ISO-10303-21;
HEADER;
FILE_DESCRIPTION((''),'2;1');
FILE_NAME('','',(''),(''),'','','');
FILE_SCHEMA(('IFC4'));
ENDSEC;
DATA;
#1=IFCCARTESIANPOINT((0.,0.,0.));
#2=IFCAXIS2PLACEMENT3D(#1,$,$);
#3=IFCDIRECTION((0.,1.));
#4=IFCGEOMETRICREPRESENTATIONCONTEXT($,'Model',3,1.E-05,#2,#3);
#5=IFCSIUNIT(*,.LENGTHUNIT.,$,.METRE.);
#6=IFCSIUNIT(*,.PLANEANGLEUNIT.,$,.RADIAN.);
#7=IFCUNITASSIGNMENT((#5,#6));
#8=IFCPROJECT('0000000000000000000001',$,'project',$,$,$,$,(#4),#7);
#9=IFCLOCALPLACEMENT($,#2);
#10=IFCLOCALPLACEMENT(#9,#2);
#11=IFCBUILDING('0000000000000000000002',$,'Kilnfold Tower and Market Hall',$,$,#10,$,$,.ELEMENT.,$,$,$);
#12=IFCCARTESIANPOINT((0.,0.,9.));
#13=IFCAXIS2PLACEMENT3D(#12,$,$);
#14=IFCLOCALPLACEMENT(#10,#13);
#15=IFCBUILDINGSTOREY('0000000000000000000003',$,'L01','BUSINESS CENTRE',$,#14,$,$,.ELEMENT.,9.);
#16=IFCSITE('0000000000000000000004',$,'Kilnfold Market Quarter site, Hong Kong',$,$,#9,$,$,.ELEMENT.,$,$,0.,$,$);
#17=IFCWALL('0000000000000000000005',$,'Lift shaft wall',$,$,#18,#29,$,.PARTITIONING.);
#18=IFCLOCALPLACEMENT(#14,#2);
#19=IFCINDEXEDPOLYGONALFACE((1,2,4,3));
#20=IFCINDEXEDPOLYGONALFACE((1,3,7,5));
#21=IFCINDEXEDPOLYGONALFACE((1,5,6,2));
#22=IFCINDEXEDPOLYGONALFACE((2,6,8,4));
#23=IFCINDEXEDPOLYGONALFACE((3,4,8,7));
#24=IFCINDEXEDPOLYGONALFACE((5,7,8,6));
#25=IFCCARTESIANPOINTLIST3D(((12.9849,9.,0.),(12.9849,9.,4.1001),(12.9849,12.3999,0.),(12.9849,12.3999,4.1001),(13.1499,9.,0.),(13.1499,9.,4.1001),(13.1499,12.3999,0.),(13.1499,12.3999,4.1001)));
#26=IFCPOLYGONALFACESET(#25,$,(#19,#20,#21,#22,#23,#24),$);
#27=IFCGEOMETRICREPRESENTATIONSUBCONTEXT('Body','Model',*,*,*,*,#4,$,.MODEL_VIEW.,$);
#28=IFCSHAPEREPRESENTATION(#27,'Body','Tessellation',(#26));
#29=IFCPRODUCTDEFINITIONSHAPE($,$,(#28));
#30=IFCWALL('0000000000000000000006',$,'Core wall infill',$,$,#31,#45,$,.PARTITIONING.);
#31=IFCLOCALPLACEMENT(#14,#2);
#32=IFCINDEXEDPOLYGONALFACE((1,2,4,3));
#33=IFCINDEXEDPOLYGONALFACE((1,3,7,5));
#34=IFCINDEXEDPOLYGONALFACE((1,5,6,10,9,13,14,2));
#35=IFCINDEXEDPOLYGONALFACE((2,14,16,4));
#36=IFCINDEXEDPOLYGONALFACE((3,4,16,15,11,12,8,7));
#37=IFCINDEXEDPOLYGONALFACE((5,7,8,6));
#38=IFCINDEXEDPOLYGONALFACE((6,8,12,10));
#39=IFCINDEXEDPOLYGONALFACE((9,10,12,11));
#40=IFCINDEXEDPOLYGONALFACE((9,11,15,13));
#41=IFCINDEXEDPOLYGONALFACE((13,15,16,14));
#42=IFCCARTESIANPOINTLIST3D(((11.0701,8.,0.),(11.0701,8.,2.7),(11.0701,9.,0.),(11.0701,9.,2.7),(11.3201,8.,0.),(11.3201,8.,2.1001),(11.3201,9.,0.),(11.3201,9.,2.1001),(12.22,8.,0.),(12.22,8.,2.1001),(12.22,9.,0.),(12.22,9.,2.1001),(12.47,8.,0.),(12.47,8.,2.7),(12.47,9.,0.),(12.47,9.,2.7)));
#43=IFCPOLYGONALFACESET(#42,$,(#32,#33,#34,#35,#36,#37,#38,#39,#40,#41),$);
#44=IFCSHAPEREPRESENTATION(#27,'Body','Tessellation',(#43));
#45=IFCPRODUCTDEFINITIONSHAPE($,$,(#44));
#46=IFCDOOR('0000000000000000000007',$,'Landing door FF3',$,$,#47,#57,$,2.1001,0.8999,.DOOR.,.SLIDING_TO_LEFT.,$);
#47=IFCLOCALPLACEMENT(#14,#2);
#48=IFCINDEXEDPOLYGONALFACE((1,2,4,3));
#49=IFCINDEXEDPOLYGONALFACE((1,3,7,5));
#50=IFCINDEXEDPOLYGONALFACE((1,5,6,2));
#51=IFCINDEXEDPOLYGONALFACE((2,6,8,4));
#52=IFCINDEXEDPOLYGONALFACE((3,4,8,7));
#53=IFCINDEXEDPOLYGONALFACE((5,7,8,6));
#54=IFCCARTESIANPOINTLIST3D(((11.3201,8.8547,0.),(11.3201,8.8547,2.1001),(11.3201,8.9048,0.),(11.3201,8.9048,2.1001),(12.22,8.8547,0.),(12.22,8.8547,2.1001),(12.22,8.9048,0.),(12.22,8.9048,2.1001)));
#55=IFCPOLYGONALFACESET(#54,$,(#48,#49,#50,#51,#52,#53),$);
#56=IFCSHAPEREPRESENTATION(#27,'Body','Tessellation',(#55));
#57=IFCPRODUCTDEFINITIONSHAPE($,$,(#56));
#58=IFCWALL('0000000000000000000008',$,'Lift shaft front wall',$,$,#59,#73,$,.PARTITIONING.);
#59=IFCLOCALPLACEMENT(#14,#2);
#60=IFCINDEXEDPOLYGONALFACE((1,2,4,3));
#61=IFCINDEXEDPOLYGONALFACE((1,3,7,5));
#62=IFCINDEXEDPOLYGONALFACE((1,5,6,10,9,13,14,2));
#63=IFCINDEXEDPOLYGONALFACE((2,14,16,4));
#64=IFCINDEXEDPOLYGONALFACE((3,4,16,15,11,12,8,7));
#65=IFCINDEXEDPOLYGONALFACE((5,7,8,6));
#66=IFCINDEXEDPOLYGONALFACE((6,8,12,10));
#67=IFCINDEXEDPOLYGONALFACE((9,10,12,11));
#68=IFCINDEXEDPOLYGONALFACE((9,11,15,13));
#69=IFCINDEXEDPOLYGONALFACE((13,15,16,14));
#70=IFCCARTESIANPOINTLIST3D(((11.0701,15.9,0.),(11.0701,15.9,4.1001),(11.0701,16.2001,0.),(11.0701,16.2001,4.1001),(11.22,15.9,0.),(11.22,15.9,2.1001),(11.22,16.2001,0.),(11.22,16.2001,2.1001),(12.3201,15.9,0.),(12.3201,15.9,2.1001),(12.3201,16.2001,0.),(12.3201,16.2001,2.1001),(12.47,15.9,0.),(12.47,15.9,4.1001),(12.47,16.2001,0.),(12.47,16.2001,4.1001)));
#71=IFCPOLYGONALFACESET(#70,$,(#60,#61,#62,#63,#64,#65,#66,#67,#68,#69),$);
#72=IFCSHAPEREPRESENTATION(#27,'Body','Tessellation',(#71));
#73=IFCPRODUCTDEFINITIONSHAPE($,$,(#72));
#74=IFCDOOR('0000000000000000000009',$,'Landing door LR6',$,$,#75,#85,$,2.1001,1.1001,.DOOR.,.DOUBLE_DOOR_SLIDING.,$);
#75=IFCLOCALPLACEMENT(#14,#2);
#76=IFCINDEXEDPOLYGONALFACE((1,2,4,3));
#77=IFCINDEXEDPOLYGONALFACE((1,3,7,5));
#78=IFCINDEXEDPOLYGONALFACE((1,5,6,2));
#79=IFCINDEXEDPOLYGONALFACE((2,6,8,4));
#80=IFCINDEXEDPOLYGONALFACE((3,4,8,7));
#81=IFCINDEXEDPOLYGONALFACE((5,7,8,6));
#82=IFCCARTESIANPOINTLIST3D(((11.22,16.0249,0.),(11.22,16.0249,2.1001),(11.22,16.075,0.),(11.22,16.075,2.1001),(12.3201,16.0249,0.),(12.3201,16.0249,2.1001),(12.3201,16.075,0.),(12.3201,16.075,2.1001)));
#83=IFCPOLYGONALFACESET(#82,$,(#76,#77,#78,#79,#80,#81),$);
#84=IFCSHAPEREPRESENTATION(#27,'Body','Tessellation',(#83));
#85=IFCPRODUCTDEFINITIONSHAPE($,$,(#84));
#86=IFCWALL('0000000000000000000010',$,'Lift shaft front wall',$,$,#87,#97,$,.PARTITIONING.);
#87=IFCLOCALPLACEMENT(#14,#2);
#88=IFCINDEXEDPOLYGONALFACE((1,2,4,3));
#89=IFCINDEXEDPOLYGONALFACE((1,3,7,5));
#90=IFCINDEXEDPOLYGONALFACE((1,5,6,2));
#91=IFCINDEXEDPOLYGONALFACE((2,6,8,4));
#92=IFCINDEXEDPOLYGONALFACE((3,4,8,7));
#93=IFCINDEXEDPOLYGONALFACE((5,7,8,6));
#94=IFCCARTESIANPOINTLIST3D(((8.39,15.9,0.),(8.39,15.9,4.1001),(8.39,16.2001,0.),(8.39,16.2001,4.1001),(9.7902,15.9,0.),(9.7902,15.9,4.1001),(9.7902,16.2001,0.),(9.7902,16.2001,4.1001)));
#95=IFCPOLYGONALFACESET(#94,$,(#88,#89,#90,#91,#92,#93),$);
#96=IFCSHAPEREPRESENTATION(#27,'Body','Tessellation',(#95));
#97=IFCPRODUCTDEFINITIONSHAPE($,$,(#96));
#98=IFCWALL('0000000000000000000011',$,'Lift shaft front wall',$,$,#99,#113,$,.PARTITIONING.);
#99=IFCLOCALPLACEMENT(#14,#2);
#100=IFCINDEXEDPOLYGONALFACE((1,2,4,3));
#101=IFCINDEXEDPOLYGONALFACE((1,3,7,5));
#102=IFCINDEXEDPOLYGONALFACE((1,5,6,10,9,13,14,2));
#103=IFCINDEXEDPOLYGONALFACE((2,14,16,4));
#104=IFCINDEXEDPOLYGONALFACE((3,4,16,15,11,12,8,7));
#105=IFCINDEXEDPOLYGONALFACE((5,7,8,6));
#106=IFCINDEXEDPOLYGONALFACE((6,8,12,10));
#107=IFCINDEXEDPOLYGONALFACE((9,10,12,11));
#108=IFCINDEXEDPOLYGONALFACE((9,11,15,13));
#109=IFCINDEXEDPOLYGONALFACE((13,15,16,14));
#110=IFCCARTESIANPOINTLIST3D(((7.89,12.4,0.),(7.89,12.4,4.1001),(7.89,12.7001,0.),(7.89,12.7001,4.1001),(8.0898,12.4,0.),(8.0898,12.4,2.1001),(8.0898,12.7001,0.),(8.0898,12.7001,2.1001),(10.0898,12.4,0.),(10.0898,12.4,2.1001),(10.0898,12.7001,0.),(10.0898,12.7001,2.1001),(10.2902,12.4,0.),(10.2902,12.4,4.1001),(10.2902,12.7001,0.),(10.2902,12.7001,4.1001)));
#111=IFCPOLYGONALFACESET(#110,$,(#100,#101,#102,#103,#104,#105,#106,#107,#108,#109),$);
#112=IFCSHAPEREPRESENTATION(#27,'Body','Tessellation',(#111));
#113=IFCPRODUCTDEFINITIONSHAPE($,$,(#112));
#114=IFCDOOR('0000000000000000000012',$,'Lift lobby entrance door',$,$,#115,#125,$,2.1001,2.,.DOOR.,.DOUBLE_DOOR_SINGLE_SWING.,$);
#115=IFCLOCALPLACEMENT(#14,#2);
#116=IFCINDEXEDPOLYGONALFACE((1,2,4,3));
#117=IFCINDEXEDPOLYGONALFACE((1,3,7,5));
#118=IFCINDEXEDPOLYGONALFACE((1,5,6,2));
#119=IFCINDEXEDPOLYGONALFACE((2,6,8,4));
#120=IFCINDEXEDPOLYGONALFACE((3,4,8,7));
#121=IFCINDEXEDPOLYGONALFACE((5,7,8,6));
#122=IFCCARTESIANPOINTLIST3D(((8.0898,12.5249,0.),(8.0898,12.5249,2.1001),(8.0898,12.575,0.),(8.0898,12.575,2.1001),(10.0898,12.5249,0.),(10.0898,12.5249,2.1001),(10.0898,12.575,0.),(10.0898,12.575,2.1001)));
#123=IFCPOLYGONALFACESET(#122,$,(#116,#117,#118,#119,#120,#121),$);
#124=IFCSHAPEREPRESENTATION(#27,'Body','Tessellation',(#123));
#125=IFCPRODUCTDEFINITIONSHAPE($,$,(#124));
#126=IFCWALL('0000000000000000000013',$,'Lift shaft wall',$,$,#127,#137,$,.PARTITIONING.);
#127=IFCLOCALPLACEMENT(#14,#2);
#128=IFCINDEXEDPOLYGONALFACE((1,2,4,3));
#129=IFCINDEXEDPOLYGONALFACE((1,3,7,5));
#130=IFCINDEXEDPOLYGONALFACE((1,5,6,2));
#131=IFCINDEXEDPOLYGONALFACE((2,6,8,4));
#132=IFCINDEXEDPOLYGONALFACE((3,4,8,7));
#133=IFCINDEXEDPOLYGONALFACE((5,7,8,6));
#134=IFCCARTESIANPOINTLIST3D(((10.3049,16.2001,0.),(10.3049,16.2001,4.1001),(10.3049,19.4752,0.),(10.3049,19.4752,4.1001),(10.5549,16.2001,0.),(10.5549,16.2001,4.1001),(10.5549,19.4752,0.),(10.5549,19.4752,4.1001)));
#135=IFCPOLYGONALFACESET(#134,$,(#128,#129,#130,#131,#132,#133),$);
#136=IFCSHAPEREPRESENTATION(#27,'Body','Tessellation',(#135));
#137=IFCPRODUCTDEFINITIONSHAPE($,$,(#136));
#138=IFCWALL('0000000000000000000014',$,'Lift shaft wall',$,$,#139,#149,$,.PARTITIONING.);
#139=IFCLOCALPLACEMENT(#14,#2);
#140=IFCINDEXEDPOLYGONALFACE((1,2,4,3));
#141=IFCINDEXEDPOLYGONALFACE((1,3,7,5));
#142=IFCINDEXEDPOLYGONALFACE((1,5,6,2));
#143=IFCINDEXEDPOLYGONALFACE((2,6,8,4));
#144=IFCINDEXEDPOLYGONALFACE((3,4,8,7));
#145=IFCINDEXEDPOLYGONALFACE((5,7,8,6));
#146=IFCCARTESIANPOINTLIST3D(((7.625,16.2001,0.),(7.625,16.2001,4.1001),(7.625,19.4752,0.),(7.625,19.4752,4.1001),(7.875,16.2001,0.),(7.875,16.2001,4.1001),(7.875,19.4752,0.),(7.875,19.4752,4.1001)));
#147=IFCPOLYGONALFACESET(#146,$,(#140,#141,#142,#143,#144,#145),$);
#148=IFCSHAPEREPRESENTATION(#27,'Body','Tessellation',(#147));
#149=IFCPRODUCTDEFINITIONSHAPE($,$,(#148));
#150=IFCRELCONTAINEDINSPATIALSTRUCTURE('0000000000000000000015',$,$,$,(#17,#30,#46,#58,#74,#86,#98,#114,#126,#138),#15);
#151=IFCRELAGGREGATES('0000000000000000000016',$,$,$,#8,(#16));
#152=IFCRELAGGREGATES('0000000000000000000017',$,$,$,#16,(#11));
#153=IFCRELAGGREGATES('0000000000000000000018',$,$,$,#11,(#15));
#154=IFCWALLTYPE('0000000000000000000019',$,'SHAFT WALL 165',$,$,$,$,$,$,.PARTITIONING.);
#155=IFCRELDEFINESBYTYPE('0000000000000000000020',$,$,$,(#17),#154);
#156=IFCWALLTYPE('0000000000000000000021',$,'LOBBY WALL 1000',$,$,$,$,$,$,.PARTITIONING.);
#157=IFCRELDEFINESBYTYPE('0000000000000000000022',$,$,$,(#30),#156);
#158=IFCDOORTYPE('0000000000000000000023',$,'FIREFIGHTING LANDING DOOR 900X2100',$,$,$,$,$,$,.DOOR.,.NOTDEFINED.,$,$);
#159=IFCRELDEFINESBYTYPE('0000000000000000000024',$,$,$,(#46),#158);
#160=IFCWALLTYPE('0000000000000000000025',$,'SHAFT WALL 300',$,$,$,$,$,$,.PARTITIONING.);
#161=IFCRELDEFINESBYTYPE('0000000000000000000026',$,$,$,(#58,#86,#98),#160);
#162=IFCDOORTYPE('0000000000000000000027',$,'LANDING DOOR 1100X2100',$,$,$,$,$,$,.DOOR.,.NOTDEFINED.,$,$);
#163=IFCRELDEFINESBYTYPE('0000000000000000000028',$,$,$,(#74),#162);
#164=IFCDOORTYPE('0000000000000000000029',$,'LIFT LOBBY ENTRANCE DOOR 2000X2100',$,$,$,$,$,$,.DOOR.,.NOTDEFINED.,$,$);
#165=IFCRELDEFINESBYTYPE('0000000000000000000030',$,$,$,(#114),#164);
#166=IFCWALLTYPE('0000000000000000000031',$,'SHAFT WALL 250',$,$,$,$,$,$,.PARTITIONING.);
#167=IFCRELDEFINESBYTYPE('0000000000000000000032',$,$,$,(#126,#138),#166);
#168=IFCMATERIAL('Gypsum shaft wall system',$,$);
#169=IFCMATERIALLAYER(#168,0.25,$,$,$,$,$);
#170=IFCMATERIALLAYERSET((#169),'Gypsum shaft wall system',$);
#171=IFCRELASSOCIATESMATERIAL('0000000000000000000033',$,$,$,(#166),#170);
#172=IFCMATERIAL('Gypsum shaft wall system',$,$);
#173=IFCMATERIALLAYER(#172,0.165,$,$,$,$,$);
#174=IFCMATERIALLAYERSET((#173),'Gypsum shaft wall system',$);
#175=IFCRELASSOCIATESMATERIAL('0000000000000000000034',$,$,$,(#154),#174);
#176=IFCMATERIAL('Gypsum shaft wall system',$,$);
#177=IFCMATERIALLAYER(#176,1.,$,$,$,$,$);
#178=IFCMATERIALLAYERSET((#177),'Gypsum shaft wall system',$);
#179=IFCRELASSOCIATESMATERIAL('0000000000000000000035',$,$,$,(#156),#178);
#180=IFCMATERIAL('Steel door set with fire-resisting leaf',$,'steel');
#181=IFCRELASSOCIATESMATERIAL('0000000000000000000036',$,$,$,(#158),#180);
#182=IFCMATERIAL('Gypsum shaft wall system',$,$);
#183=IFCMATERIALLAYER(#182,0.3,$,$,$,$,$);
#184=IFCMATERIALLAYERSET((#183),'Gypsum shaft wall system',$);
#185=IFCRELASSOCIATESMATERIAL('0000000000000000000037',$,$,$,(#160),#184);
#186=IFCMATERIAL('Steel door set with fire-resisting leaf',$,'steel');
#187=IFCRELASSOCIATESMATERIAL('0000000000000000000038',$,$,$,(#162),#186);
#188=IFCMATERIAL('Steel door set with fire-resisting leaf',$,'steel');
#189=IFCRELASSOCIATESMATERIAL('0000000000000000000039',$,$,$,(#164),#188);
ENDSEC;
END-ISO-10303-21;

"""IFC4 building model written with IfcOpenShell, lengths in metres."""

from ifc_helpers import new_model, si_unit, direction, frame, frame_2d, origin, place, context, subcontext, project, spatial, rectangle, extrude, source, transform, mapped, material, layer, layer_set, type_object, element, fill, save


model = new_model("IFC4")

# Units and contexts
model_context = context("Model", 3, precision=1e-05, world=origin(), true_north=direction((0.0, 1.0)))
body_context = subcontext(model_context, "Body", "Model", "MODEL_VIEW")
ifc_project = project(units=[si_unit("LENGTHUNIT", "METRE"), si_unit("PLANEANGLEUNIT", "RADIAN")], contexts=[model_context])

# Site, building, storey
site_placement = place(None, origin())
site = spatial("IfcSite", under=ifc_project, at=site_placement, Name="Kilnfold Market Quarter site, Hong Kong", CompositionType="ELEMENT", RefElevation=0.0)
building_placement = place(site_placement, origin())
building = spatial("IfcBuilding", under=site, at=building_placement, Name="Kilnfold Tower and Market Hall", CompositionType="ELEMENT")
storey_placement = place(building_placement, frame((0.0, 0.0, 9.0)))
storey = spatial("IfcBuildingStorey", under=building, at=storey_placement, Name="L01", Description="BUSINESS CENTRE", CompositionType="ELEMENT", Elevation=9.0)

# Wall
ifc_material_1 = material(Name="Gypsum shaft wall system")
ifc_layer_1 = layer(ifc_material_1, 0.25)
ifc_layer_set_1 = layer_set([ifc_layer_1], Name="Gypsum shaft wall system")
wall_type_1 = type_object("IfcWallType", Name="SHAFT WALL 250", PredefinedType="PARTITIONING", material=ifc_layer_set_1)
ifc_material_2 = material(Name="Gypsum shaft wall system")
ifc_layer_2 = layer(ifc_material_2, 0.165)
ifc_layer_set_2 = layer_set([ifc_layer_2], Name="Gypsum shaft wall system")
wall_type_2 = type_object("IfcWallType", Name="SHAFT WALL 165", PredefinedType="PARTITIONING", material=ifc_layer_set_2)
shared_shape_1 = source(origin(), body_context, "Body", "SweptSolid", [
    extrude(rectangle(XDim=3.3999, YDim=0.165, at=frame_2d((1.7, 0.0))), origin(), (0.0, 0.0, 1.0), 4.1001),
])
wall_1_placement = place(storey_placement, frame((13.0674, 9.0, 0.0), z_axis=(0.0, 0.0, 1.0), x_axis=(0.0, 1.0, 0.0)))
element("IfcWall", 1, at=wall_1_placement, inside=storey, type_object=wall_type_2, Name="Lift shaft wall", PredefinedType="PARTITIONING", context=body_context, shape_type="MappedRepresentation", body=[
    mapped(shared_shape_1, transform((0.0, 0.0, 0.0))),
])

# Walls, openings, doors
ifc_material_3 = material(Name="Gypsum shaft wall system")
ifc_layer_3 = layer(ifc_material_3, 1.0)
ifc_layer_set_3 = layer_set([ifc_layer_3], Name="Gypsum shaft wall system")
wall_type_3 = type_object("IfcWallType", Name="LOBBY WALL 1000", PredefinedType="PARTITIONING", material=ifc_layer_set_3)
shared_shape_2 = source(origin(), body_context, "Body", "SweptSolid", [
    extrude(rectangle(XDim=1.3999, YDim=1.0, at=frame_2d((0.7, 0.0))), origin(), (0.0, 0.0, 1.0), 2.7),
])
wall_2_placement = place(storey_placement, frame((11.0701, 8.5, 0.0), z_axis=(0.0, 0.0, 1.0), x_axis=(1.0, 0.0, 0.0)))
wall_2 = element("IfcWall", 2, at=wall_2_placement, inside=storey, type_object=wall_type_3, Name="Core wall infill", PredefinedType="PARTITIONING", context=body_context, shape_type="MappedRepresentation", body=[
    mapped(shared_shape_2, transform((0.0, 0.0, 0.0))),
])
opening_1_placement = place(wall_2_placement, frame((0.25, 0.0, 0.0)))
opening_1 = element("IfcOpeningElement", 3, at=opening_1_placement, cuts=wall_2, PredefinedType="OPENING", context=body_context, shape_type="SweptSolid", body=[
    extrude(rectangle(XDim=0.8999, YDim=2.1001, at=frame_2d((0.45, 1.05))), frame((0.0, 0.51, 0.0), z_axis=(0.0, -1.0, 0.0), x_axis=(1.0, 0.0, 0.0)), (0.0, 0.0, 1.0), 1.02),
])
ifc_material_4 = material(Name="Steel door set with fire-resisting leaf", Category="steel")
door_type_1 = type_object("IfcDoorType", Name="FIREFIGHTING LANDING DOOR 900X2100", OperationType="NOTDEFINED", PredefinedType="DOOR", material=ifc_material_4)
door_1_placement = place(opening_1_placement, origin())
door_1 = element("IfcDoor", 4, at=door_1_placement, inside=storey, type_object=door_type_1, Name="Landing door FF3", OperationType="SLIDING_TO_LEFT", OverallHeight=2.1001, OverallWidth=0.8999, PredefinedType="DOOR", context=body_context, shape_type="SweptSolid", body=[
    extrude(rectangle(XDim=0.8999, YDim=2.1001, at=frame_2d((0.45, 1.05))), frame((0.0, 0.4048, 0.0), z_axis=(0.0, -1.0, 0.0), x_axis=(1.0, 0.0, 0.0)), (0.0, 0.0, 1.0), 0.05),
])
fill(opening_1, door_1)
ifc_material_5 = material(Name="Gypsum shaft wall system")
ifc_layer_4 = layer(ifc_material_5, 0.3)
ifc_layer_set_4 = layer_set([ifc_layer_4], Name="Gypsum shaft wall system")
wall_type_4 = type_object("IfcWallType", Name="SHAFT WALL 300", PredefinedType="PARTITIONING", material=ifc_layer_set_4)
shared_shape_3 = source(origin(), body_context, "Body", "SweptSolid", [
    extrude(rectangle(XDim=1.3999, YDim=0.3, at=frame_2d((0.7, 0.0))), origin(), (0.0, 0.0, 1.0), 4.1001),
])
wall_3_placement = place(storey_placement, frame((11.0701, 16.05, 0.0), z_axis=(0.0, 0.0, 1.0), x_axis=(1.0, 0.0, 0.0)))
wall_3 = element("IfcWall", 5, at=wall_3_placement, inside=storey, type_object=wall_type_4, Name="Lift shaft front wall", PredefinedType="PARTITIONING", context=body_context, shape_type="MappedRepresentation", body=[
    mapped(shared_shape_3, transform((0.0, 0.0, 0.0))),
])
opening_2_placement = place(wall_3_placement, frame((0.1499, 0.0, 0.0)))
opening_2 = element("IfcOpeningElement", 6, at=opening_2_placement, cuts=wall_3, PredefinedType="OPENING", context=body_context, shape_type="SweptSolid", body=[
    extrude(rectangle(XDim=1.1001, YDim=2.1001, at=frame_2d((0.55, 1.05))), frame((0.0, 0.1602, 0.0), z_axis=(0.0, -1.0, 0.0), x_axis=(1.0, 0.0, 0.0)), (0.0, 0.0, 1.0), 0.3201),
])
ifc_material_6 = material(Name="Steel door set with fire-resisting leaf", Category="steel")
door_type_2 = type_object("IfcDoorType", Name="LANDING DOOR 1100X2100", OperationType="NOTDEFINED", PredefinedType="DOOR", material=ifc_material_6)
door_2_placement = place(opening_2_placement, origin())
door_2 = element("IfcDoor", 7, at=door_2_placement, inside=storey, type_object=door_type_2, Name="Landing door LR6", OperationType="DOUBLE_DOOR_SLIDING", OverallHeight=2.1001, OverallWidth=1.1001, PredefinedType="DOOR", context=body_context, shape_type="SweptSolid", body=[
    extrude(rectangle(XDim=1.1001, YDim=2.1001, at=frame_2d((0.55, 1.05))), frame((0.0, 0.0249, 0.0), z_axis=(0.0, -1.0, 0.0), x_axis=(1.0, 0.0, 0.0)), (0.0, 0.0, 1.0), 0.05),
])
fill(opening_2, door_2)

# Wall
shared_shape_4 = source(origin(), body_context, "Body", "SweptSolid", [
    extrude(rectangle(XDim=1.4001, YDim=0.3, at=frame_2d((0.7002, 0.0))), origin(), (0.0, 0.0, 1.0), 4.1001),
])
wall_4_placement = place(storey_placement, frame((8.3899, 16.05, 0.0), z_axis=(0.0, 0.0, 1.0), x_axis=(1.0, 0.0, 0.0)))
element("IfcWall", 8, at=wall_4_placement, inside=storey, type_object=wall_type_4, Name="Lift shaft front wall", PredefinedType="PARTITIONING", context=body_context, shape_type="MappedRepresentation", body=[
    mapped(shared_shape_4, transform((0.0, 0.0, 0.0))),
])

# Wall, opening, door
shared_shape_5 = source(origin(), body_context, "Body", "SweptSolid", [
    extrude(rectangle(XDim=2.4001, YDim=0.3, at=frame_2d((1.2002, 0.0))), origin(), (0.0, 0.0, 1.0), 4.1001),
])
wall_5_placement = place(storey_placement, frame((7.8899, 12.55, 0.0), z_axis=(0.0, 0.0, 1.0), x_axis=(1.0, 0.0, 0.0)))
wall_5 = element("IfcWall", 9, at=wall_5_placement, inside=storey, type_object=wall_type_4, Name="Lift shaft front wall", PredefinedType="PARTITIONING", context=body_context, shape_type="MappedRepresentation", body=[
    mapped(shared_shape_5, transform((0.0, 0.0, 0.0))),
])
opening_3_placement = place(wall_5_placement, frame((0.2, 0.0, 0.0)))
opening_3 = element("IfcOpeningElement", 10, at=opening_3_placement, cuts=wall_5, PredefinedType="OPENING", context=body_context, shape_type="SweptSolid", body=[
    extrude(rectangle(XDim=2.0, YDim=2.1001, at=frame_2d((1.0, 1.05))), frame((0.0, 0.1602, 0.0), z_axis=(0.0, -1.0, 0.0), x_axis=(1.0, 0.0, 0.0)), (0.0, 0.0, 1.0), 0.3201),
])
ifc_material_7 = material(Name="Steel door set with fire-resisting leaf", Category="steel")
door_type_3 = type_object("IfcDoorType", Name="LIFT LOBBY ENTRANCE DOOR 2000X2100", OperationType="NOTDEFINED", PredefinedType="DOOR", material=ifc_material_7)
door_3_placement = place(opening_3_placement, origin())
door_3 = element("IfcDoor", 11, at=door_3_placement, inside=storey, type_object=door_type_3, Name="Lift lobby entrance door", OperationType="DOUBLE_DOOR_SINGLE_SWING", OverallHeight=2.1001, OverallWidth=2.0, PredefinedType="DOOR", context=body_context, shape_type="SweptSolid", body=[
    extrude(rectangle(XDim=2.0, YDim=2.1001, at=frame_2d((1.0, 1.05))), frame((0.0, 0.0249, 0.0), z_axis=(0.0, -1.0, 0.0), x_axis=(1.0, 0.0, 0.0)), (0.0, 0.0, 1.0), 0.05),
])
fill(opening_3, door_3)

# Walls
shared_shape_6 = source(origin(), body_context, "Body", "SweptSolid", [
    extrude(rectangle(XDim=3.2751, YDim=0.25, at=frame_2d((1.6377, 0.0))), origin(), (0.0, 0.0, 1.0), 4.1001),
])
for number, where, z_axis, x_axis, name in (
    (12, (10.4299, 16.2, 0.0), (0.0, 0.0, 1.0), (0.0, 1.0, 0.0), "Lift shaft wall"),
    (13, (7.75, 16.2, 0.0), (0.0, 0.0, 1.0), (0.0, 1.0, 0.0), "Lift shaft wall"),
):
    element("IfcWall", number, at=place(storey_placement, frame(where, z_axis=z_axis, x_axis=x_axis)), inside=storey, type_object=wall_type_1, Name=name, PredefinedType="PARTITIONING", context=body_context, shape_type="MappedRepresentation", body=[
        mapped(shared_shape_6, transform((0.0, 0.0, 0.0))),
    ])

save(model, "model.ifc")
